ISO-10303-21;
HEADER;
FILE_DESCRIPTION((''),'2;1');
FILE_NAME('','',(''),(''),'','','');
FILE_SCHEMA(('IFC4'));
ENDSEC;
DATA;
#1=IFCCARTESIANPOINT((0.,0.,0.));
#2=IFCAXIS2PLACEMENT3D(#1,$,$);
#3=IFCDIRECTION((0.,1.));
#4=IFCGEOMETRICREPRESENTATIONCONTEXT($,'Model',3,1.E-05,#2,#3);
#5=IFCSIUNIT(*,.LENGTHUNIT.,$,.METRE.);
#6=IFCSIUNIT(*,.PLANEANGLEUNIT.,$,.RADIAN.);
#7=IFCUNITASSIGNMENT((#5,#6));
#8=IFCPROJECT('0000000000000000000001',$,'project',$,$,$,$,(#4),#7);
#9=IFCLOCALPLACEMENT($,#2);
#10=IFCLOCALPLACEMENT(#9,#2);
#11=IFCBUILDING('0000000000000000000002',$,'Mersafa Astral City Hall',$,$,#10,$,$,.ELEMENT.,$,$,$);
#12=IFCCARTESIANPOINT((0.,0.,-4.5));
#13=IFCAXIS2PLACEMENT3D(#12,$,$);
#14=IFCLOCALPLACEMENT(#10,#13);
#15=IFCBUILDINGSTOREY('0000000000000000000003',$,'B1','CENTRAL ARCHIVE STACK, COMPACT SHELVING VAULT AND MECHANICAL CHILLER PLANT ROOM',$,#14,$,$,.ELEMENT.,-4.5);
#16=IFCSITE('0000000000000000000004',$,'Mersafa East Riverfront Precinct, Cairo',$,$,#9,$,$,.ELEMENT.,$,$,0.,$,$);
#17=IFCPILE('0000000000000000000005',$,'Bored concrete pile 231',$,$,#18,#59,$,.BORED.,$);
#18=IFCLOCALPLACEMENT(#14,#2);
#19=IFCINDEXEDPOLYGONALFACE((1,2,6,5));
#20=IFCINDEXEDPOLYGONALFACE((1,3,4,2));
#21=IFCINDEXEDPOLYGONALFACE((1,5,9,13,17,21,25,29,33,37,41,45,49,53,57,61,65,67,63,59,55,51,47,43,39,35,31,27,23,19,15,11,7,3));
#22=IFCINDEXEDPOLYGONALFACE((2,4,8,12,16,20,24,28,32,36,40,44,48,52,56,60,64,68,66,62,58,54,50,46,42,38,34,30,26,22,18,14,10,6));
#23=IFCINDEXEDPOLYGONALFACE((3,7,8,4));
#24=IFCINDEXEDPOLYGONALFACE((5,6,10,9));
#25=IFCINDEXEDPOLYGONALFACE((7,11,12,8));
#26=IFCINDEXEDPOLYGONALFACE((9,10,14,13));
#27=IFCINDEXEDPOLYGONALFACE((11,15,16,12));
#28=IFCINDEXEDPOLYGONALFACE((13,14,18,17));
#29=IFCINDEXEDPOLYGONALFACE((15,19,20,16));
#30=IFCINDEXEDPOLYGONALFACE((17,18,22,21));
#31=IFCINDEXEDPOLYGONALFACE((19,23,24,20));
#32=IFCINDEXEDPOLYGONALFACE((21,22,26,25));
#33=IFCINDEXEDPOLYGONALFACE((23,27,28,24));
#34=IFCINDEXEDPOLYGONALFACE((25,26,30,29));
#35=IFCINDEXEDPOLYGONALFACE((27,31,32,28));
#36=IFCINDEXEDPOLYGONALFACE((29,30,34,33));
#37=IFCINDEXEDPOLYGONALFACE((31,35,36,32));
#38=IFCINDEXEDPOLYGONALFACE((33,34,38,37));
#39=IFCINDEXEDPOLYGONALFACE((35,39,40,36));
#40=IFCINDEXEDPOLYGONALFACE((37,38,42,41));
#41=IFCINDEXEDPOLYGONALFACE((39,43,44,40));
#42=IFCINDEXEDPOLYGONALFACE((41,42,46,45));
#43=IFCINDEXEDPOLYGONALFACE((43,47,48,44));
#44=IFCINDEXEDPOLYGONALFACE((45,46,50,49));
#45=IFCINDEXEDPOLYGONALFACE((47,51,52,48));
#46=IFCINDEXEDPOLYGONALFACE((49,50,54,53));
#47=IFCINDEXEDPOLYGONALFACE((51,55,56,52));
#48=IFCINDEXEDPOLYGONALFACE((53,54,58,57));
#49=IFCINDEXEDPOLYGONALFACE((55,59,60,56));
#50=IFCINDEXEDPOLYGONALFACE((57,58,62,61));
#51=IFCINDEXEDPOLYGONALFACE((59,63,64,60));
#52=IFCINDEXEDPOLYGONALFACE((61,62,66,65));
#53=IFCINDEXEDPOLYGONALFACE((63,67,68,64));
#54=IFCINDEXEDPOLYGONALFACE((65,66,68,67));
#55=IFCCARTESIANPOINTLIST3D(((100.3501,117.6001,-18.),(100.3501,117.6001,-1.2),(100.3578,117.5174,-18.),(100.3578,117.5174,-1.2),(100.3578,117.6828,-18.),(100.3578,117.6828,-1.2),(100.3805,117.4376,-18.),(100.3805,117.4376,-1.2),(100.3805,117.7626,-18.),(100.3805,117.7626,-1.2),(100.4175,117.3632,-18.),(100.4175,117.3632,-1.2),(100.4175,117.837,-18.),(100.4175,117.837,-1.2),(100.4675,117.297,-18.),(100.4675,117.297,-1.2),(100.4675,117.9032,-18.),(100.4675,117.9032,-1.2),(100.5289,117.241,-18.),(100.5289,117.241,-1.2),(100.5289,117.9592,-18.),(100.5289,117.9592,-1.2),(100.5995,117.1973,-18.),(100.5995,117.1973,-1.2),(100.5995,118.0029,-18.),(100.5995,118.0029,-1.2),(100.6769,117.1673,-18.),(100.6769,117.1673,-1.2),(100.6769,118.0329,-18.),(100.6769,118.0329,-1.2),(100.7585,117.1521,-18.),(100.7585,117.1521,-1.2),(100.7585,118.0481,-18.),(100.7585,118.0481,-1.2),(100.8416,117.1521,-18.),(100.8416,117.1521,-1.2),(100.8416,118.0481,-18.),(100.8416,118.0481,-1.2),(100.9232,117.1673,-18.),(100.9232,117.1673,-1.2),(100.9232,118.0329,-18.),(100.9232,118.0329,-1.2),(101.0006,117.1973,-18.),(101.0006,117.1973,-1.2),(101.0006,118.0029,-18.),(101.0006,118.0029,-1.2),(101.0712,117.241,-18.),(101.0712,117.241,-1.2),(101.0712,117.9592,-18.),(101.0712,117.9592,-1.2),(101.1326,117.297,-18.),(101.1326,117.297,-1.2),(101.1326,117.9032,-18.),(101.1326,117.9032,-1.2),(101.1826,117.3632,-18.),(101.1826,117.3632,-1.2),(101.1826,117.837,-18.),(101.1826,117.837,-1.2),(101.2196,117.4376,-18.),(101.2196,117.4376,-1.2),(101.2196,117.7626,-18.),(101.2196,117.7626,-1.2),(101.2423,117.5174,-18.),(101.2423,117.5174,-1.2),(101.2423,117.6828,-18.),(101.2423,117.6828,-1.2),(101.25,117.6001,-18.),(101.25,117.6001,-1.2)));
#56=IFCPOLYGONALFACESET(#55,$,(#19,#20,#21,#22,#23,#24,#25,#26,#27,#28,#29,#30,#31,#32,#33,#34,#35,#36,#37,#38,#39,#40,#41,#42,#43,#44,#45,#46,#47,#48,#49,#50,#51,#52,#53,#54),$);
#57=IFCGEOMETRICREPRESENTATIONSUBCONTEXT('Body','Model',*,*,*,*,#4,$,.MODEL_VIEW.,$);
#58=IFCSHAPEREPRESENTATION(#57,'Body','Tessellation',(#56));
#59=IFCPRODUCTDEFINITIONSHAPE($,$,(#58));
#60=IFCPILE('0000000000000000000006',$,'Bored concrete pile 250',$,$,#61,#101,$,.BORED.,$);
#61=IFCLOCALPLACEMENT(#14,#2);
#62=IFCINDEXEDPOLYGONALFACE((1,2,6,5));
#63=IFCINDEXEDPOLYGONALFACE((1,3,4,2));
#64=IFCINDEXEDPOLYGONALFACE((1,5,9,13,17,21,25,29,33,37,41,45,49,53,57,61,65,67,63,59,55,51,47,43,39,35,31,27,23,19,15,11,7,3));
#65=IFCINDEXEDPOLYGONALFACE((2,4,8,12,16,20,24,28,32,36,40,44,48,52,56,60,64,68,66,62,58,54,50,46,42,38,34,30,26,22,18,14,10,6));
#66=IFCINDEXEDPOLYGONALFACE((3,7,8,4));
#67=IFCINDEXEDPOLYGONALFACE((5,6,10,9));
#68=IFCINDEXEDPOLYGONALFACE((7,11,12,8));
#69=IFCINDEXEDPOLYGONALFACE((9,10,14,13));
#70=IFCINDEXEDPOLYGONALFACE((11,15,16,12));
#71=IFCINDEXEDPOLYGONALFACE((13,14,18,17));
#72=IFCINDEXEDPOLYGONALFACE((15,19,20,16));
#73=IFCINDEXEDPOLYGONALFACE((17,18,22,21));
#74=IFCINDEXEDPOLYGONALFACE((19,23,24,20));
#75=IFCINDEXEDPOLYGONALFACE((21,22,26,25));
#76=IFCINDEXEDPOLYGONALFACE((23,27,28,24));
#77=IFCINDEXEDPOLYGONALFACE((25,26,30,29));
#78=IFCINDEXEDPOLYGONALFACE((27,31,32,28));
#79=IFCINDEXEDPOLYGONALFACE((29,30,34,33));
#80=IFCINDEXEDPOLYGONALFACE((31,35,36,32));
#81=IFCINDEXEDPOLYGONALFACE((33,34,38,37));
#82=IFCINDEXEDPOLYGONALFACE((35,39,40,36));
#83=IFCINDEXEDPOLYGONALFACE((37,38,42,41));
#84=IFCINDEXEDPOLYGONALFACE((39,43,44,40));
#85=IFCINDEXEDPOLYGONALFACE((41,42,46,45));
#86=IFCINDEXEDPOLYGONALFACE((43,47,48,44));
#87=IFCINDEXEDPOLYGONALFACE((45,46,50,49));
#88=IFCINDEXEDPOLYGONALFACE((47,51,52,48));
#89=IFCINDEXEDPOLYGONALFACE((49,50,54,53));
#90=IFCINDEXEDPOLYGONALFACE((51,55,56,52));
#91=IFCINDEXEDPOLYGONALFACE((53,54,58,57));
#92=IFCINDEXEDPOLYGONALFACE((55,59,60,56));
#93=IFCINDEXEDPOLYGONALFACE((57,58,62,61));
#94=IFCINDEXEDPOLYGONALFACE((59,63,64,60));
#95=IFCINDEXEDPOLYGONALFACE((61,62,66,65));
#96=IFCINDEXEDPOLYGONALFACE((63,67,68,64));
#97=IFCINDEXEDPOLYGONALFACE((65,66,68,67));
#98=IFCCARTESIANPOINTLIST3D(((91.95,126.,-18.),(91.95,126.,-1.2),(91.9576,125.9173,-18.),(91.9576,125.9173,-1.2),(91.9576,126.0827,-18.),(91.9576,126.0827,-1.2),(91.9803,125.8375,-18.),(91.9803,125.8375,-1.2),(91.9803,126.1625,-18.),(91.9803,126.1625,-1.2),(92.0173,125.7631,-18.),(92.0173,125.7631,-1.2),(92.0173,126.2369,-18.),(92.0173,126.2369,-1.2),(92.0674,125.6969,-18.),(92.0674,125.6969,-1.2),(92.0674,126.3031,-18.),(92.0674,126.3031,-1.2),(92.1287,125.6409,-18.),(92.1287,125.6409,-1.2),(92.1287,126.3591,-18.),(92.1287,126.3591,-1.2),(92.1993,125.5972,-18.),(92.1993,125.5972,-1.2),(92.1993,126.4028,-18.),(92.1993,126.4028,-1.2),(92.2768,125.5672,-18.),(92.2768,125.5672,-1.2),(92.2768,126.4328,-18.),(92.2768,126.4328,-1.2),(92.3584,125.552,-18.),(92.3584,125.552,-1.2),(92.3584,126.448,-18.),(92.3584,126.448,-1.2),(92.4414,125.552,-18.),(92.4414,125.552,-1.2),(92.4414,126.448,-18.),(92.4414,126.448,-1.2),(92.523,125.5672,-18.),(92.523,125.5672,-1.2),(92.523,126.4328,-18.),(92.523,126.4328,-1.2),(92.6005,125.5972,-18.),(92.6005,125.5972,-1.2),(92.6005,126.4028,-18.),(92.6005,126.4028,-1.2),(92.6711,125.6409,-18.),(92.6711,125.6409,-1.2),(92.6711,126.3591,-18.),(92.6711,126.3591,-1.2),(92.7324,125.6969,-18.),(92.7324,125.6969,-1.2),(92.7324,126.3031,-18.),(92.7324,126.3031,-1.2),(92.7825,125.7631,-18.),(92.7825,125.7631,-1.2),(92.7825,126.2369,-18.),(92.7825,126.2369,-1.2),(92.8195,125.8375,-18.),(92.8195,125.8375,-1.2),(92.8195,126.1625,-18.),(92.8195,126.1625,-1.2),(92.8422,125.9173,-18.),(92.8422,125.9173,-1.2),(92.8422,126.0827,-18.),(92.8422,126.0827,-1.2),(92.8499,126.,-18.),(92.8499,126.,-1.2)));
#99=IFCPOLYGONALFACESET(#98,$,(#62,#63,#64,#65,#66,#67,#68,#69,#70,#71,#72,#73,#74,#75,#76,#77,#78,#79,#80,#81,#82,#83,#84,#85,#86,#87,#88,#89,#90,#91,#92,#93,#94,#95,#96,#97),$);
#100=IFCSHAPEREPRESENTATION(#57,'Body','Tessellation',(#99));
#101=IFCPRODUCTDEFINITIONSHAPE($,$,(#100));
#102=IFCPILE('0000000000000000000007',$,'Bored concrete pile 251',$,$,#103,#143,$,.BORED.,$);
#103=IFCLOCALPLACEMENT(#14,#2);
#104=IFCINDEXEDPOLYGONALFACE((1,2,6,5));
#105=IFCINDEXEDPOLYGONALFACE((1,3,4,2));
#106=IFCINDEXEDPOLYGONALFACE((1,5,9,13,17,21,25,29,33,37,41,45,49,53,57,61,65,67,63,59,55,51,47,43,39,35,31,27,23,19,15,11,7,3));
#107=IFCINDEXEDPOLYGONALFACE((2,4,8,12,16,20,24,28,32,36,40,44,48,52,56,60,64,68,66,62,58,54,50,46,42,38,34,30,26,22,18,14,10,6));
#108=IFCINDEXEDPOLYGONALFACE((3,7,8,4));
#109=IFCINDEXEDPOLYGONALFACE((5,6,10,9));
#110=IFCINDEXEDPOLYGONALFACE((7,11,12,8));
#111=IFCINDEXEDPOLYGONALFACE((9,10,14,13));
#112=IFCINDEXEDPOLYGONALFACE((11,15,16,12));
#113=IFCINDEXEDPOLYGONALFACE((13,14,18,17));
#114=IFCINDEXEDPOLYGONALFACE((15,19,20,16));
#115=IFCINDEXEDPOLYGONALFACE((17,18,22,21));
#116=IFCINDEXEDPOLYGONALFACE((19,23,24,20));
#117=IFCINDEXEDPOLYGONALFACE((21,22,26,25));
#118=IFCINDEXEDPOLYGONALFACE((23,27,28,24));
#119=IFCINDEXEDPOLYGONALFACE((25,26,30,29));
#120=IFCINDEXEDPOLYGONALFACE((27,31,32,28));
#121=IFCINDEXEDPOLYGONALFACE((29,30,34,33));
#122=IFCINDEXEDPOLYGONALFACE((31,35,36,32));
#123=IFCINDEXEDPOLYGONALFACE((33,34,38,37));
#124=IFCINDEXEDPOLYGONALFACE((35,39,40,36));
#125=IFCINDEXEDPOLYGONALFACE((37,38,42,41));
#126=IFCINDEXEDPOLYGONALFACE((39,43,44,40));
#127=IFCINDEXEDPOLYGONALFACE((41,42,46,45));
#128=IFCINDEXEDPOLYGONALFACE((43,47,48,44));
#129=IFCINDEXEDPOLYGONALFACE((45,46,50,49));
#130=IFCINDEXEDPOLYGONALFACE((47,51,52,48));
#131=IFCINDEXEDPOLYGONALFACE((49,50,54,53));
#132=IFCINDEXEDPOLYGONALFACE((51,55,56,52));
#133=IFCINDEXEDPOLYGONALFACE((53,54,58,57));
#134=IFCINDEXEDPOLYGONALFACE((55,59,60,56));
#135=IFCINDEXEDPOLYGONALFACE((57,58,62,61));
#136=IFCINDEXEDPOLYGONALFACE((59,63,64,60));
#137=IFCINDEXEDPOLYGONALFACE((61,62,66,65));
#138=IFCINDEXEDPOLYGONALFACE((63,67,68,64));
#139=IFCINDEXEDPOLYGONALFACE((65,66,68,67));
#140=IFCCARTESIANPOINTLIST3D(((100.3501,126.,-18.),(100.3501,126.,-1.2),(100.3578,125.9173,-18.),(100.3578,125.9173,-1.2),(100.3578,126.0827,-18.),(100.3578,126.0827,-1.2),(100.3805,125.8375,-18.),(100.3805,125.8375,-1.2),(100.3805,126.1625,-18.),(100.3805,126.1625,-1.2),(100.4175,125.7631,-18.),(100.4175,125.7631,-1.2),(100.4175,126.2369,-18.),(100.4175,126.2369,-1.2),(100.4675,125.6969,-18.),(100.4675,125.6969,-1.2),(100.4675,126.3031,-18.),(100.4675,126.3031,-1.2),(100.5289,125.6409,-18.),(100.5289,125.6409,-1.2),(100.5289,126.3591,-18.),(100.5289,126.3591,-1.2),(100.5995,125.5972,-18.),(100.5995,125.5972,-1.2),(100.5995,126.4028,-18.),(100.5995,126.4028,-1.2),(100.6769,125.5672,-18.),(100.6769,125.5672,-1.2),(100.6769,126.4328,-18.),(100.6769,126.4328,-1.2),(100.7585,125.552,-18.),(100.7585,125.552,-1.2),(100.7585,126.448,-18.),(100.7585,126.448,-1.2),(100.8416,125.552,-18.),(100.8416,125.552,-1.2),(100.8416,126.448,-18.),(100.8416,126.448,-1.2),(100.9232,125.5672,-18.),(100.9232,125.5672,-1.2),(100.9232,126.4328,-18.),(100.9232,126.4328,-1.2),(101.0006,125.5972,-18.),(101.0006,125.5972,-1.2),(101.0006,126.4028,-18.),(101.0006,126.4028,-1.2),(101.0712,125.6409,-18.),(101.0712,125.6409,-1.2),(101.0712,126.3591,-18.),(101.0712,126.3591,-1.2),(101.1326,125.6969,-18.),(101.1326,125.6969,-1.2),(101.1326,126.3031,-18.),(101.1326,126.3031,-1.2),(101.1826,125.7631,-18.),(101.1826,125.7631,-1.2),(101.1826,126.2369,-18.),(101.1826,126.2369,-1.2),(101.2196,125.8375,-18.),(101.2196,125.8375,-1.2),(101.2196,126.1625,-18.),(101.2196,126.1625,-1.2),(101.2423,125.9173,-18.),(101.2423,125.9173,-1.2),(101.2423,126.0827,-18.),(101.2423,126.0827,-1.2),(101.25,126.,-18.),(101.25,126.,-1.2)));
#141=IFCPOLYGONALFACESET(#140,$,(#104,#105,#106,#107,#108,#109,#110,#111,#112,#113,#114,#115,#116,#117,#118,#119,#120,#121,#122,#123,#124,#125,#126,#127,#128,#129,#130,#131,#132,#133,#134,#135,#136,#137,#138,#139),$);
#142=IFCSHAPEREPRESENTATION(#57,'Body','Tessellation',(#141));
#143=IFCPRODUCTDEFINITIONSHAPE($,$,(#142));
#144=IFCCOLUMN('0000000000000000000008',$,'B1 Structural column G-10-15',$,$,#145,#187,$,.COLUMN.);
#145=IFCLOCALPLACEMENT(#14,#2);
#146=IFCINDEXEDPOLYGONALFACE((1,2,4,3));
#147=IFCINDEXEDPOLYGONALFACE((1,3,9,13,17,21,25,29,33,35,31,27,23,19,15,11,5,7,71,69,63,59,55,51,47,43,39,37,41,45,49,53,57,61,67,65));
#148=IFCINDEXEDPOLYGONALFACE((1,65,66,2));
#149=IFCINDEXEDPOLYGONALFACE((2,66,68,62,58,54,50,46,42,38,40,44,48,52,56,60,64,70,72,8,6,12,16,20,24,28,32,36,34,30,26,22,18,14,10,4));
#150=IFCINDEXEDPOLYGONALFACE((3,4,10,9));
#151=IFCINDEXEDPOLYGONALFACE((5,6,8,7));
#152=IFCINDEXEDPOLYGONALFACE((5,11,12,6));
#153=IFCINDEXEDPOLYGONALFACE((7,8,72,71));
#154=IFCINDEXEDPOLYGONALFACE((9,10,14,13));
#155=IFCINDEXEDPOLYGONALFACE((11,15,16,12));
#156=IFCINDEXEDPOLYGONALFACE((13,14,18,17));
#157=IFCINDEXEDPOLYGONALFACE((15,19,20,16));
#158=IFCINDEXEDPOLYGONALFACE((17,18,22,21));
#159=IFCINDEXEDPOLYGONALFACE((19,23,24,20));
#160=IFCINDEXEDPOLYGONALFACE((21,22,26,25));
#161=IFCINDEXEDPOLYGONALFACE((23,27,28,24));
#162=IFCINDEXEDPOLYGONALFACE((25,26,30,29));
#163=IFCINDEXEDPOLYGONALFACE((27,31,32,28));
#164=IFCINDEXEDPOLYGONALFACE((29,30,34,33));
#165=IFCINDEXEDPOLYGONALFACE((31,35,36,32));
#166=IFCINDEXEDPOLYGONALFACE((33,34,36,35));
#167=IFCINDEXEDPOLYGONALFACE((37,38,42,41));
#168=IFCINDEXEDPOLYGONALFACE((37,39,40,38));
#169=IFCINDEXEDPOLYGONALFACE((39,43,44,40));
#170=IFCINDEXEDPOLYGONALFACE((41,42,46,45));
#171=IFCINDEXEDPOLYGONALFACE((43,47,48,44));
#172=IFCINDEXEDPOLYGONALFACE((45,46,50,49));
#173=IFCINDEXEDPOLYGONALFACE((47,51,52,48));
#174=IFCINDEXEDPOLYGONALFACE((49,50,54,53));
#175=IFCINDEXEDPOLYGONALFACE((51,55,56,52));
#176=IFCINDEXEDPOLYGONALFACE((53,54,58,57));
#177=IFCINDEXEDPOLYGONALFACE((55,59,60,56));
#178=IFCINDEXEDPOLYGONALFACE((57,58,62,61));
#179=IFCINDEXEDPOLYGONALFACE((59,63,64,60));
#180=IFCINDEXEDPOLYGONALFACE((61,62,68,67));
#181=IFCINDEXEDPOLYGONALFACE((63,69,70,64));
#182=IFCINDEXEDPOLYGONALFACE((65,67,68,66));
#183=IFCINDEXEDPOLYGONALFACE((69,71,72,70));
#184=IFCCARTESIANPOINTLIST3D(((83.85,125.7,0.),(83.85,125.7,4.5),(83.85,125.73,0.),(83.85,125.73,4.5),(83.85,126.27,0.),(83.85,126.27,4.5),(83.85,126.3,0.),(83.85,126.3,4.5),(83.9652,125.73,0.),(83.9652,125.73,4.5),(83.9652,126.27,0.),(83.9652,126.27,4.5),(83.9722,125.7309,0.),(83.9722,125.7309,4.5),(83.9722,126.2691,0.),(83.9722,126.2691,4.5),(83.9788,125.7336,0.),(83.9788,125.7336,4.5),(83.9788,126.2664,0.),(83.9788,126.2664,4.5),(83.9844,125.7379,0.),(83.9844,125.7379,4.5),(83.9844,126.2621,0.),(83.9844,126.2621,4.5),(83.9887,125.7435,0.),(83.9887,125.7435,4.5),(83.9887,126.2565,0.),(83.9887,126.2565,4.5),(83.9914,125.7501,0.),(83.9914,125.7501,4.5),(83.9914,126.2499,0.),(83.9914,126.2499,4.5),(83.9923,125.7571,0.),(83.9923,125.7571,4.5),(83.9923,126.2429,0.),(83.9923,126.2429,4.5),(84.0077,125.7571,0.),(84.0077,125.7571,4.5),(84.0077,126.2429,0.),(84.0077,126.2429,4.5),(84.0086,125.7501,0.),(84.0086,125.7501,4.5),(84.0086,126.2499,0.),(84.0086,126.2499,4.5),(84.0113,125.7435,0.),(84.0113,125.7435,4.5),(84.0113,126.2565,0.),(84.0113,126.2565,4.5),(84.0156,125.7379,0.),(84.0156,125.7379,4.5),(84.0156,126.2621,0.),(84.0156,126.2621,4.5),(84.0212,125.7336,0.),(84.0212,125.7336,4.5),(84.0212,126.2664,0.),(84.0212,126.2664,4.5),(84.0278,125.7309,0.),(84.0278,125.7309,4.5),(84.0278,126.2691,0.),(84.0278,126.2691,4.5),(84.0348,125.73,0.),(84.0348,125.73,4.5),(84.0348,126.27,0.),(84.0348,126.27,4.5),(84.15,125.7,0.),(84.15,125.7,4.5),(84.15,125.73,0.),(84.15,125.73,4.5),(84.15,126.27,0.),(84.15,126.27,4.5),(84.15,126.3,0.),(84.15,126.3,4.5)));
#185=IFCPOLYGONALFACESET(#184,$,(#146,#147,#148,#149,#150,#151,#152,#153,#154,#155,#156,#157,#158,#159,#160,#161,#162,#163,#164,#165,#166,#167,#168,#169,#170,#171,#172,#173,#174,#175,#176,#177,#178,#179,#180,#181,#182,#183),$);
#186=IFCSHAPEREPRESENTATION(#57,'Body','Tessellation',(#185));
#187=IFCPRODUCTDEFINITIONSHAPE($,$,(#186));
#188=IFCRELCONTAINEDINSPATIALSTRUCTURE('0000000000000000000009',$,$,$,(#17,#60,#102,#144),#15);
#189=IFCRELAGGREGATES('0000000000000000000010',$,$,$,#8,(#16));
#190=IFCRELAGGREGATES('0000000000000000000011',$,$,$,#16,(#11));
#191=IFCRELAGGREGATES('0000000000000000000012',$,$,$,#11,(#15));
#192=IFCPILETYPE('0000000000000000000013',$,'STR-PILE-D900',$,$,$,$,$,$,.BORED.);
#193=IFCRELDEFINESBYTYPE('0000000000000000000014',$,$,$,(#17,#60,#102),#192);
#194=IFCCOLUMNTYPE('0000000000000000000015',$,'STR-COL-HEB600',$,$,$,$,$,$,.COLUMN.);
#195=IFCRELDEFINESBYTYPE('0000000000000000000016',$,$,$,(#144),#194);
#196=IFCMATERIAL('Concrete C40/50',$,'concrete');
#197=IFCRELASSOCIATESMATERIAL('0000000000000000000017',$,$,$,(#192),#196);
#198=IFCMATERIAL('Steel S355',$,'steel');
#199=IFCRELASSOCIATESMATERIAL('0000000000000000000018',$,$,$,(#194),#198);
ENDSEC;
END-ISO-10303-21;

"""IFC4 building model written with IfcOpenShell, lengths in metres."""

from ifc_helpers import new_model, si_unit, direction, frame, origin, origin_2d, place, context, subcontext, project, spatial, circle, i_section, extrude, material, material_profile, profile_set, type_object, element, save


model = new_model("IFC4")

# Units and contexts
model_context = context("Model", 3, precision=1e-05, world=origin(), true_north=direction((0.0, 1.0)))
body_context = subcontext(model_context, "Body", "Model", "MODEL_VIEW")
ifc_project = project(units=[si_unit("LENGTHUNIT", "METRE"), si_unit("PLANEANGLEUNIT", "RADIAN")], contexts=[model_context])

# Site, building, storey
site_placement = place(None, origin())
site = spatial("IfcSite", under=ifc_project, at=site_placement, Name="Mersafa East Riverfront Precinct, Cairo", CompositionType="ELEMENT", RefElevation=0.0)
building_placement = place(site_placement, origin())
building = spatial("IfcBuilding", under=site, at=building_placement, Name="Mersafa Astral City Hall", CompositionType="ELEMENT")
storey_placement = place(building_placement, frame((0.0, 0.0, -4.5)))
storey = spatial("IfcBuildingStorey", under=building, at=storey_placement, Name="B1", Description="CENTRAL ARCHIVE STACK, COMPACT SHELVING VAULT AND MECHANICAL CHILLER PLANT ROOM", CompositionType="ELEMENT", Elevation=-4.5)

# Shared definitions
ifc_material_1 = material(Name="Concrete C40/50", Category="concrete")

# Piles
ifc_material_profile_1 = material_profile(ifc_material_1, circle(Radius=0.45, at=origin_2d()), Name="PILE D900")
ifc_profile_set_1 = profile_set([ifc_material_profile_1], Name="Concrete C40/50")
pile_type = type_object("IfcPileType", Name="STR-PILE-D900", PredefinedType="BORED", material=ifc_profile_set_1)
for number, where, z_axis, x_axis, name in (
    (1, (100.8, 117.6001, -1.2), (0.0, 0.0, -1.0), (1.0, 0.0, 0.0), "Bored concrete pile 231"),
    (2, (92.3999, 126.0, -1.2), (0.0, 0.0, -1.0), (1.0, 0.0, 0.0), "Bored concrete pile 250"),
    (3, (100.8, 126.0, -1.2), (0.0, 0.0, -1.0), (1.0, 0.0, 0.0), "Bored concrete pile 251"),
):
    element("IfcPile", number, at=place(storey_placement, frame(where, z_axis=z_axis, x_axis=x_axis)), inside=storey, type_object=pile_type, Name=name, PredefinedType="BORED", context=body_context, shape_type="SweptSolid", body=[
        extrude(circle(Radius=0.45, at=origin_2d()), origin(), (0.0, 0.0, 1.0), 16.8),
    ])

# Column
ifc_material_2 = material(Name="Steel S355", Category="steel")
ifc_material_profile_2 = material_profile(ifc_material_2, i_section(OverallWidth=0.3, OverallDepth=0.6001, WebThickness=0.0154, FlangeThickness=0.03, FilletRadius=0.0271, at=origin_2d()), Name="HEB 600")
ifc_profile_set_2 = profile_set([ifc_material_profile_2], Name="Steel S355")
column_type = type_object("IfcColumnType", Name="STR-COL-HEB600", PredefinedType="COLUMN", material=ifc_profile_set_2)
for number, where, z_axis, x_axis, name in (
    (4, (84.0, 126.0, 0.0), (0.0, 0.0, 1.0), (1.0, 0.0, 0.0), "B1 Structural column G-10-15"),
):
    element("IfcColumn", number, at=place(storey_placement, frame(where, z_axis=z_axis, x_axis=x_axis)), inside=storey, type_object=column_type, Name=name, PredefinedType="COLUMN", context=body_context, shape_type="SweptSolid", body=[
        extrude(i_section(OverallWidth=0.3, OverallDepth=0.6001, WebThickness=0.0154, FlangeThickness=0.03, FilletRadius=0.0271, at=origin_2d()), origin(), (0.0, 0.0, 1.0), 4.5),
    ])

save(model, "model.ifc")
